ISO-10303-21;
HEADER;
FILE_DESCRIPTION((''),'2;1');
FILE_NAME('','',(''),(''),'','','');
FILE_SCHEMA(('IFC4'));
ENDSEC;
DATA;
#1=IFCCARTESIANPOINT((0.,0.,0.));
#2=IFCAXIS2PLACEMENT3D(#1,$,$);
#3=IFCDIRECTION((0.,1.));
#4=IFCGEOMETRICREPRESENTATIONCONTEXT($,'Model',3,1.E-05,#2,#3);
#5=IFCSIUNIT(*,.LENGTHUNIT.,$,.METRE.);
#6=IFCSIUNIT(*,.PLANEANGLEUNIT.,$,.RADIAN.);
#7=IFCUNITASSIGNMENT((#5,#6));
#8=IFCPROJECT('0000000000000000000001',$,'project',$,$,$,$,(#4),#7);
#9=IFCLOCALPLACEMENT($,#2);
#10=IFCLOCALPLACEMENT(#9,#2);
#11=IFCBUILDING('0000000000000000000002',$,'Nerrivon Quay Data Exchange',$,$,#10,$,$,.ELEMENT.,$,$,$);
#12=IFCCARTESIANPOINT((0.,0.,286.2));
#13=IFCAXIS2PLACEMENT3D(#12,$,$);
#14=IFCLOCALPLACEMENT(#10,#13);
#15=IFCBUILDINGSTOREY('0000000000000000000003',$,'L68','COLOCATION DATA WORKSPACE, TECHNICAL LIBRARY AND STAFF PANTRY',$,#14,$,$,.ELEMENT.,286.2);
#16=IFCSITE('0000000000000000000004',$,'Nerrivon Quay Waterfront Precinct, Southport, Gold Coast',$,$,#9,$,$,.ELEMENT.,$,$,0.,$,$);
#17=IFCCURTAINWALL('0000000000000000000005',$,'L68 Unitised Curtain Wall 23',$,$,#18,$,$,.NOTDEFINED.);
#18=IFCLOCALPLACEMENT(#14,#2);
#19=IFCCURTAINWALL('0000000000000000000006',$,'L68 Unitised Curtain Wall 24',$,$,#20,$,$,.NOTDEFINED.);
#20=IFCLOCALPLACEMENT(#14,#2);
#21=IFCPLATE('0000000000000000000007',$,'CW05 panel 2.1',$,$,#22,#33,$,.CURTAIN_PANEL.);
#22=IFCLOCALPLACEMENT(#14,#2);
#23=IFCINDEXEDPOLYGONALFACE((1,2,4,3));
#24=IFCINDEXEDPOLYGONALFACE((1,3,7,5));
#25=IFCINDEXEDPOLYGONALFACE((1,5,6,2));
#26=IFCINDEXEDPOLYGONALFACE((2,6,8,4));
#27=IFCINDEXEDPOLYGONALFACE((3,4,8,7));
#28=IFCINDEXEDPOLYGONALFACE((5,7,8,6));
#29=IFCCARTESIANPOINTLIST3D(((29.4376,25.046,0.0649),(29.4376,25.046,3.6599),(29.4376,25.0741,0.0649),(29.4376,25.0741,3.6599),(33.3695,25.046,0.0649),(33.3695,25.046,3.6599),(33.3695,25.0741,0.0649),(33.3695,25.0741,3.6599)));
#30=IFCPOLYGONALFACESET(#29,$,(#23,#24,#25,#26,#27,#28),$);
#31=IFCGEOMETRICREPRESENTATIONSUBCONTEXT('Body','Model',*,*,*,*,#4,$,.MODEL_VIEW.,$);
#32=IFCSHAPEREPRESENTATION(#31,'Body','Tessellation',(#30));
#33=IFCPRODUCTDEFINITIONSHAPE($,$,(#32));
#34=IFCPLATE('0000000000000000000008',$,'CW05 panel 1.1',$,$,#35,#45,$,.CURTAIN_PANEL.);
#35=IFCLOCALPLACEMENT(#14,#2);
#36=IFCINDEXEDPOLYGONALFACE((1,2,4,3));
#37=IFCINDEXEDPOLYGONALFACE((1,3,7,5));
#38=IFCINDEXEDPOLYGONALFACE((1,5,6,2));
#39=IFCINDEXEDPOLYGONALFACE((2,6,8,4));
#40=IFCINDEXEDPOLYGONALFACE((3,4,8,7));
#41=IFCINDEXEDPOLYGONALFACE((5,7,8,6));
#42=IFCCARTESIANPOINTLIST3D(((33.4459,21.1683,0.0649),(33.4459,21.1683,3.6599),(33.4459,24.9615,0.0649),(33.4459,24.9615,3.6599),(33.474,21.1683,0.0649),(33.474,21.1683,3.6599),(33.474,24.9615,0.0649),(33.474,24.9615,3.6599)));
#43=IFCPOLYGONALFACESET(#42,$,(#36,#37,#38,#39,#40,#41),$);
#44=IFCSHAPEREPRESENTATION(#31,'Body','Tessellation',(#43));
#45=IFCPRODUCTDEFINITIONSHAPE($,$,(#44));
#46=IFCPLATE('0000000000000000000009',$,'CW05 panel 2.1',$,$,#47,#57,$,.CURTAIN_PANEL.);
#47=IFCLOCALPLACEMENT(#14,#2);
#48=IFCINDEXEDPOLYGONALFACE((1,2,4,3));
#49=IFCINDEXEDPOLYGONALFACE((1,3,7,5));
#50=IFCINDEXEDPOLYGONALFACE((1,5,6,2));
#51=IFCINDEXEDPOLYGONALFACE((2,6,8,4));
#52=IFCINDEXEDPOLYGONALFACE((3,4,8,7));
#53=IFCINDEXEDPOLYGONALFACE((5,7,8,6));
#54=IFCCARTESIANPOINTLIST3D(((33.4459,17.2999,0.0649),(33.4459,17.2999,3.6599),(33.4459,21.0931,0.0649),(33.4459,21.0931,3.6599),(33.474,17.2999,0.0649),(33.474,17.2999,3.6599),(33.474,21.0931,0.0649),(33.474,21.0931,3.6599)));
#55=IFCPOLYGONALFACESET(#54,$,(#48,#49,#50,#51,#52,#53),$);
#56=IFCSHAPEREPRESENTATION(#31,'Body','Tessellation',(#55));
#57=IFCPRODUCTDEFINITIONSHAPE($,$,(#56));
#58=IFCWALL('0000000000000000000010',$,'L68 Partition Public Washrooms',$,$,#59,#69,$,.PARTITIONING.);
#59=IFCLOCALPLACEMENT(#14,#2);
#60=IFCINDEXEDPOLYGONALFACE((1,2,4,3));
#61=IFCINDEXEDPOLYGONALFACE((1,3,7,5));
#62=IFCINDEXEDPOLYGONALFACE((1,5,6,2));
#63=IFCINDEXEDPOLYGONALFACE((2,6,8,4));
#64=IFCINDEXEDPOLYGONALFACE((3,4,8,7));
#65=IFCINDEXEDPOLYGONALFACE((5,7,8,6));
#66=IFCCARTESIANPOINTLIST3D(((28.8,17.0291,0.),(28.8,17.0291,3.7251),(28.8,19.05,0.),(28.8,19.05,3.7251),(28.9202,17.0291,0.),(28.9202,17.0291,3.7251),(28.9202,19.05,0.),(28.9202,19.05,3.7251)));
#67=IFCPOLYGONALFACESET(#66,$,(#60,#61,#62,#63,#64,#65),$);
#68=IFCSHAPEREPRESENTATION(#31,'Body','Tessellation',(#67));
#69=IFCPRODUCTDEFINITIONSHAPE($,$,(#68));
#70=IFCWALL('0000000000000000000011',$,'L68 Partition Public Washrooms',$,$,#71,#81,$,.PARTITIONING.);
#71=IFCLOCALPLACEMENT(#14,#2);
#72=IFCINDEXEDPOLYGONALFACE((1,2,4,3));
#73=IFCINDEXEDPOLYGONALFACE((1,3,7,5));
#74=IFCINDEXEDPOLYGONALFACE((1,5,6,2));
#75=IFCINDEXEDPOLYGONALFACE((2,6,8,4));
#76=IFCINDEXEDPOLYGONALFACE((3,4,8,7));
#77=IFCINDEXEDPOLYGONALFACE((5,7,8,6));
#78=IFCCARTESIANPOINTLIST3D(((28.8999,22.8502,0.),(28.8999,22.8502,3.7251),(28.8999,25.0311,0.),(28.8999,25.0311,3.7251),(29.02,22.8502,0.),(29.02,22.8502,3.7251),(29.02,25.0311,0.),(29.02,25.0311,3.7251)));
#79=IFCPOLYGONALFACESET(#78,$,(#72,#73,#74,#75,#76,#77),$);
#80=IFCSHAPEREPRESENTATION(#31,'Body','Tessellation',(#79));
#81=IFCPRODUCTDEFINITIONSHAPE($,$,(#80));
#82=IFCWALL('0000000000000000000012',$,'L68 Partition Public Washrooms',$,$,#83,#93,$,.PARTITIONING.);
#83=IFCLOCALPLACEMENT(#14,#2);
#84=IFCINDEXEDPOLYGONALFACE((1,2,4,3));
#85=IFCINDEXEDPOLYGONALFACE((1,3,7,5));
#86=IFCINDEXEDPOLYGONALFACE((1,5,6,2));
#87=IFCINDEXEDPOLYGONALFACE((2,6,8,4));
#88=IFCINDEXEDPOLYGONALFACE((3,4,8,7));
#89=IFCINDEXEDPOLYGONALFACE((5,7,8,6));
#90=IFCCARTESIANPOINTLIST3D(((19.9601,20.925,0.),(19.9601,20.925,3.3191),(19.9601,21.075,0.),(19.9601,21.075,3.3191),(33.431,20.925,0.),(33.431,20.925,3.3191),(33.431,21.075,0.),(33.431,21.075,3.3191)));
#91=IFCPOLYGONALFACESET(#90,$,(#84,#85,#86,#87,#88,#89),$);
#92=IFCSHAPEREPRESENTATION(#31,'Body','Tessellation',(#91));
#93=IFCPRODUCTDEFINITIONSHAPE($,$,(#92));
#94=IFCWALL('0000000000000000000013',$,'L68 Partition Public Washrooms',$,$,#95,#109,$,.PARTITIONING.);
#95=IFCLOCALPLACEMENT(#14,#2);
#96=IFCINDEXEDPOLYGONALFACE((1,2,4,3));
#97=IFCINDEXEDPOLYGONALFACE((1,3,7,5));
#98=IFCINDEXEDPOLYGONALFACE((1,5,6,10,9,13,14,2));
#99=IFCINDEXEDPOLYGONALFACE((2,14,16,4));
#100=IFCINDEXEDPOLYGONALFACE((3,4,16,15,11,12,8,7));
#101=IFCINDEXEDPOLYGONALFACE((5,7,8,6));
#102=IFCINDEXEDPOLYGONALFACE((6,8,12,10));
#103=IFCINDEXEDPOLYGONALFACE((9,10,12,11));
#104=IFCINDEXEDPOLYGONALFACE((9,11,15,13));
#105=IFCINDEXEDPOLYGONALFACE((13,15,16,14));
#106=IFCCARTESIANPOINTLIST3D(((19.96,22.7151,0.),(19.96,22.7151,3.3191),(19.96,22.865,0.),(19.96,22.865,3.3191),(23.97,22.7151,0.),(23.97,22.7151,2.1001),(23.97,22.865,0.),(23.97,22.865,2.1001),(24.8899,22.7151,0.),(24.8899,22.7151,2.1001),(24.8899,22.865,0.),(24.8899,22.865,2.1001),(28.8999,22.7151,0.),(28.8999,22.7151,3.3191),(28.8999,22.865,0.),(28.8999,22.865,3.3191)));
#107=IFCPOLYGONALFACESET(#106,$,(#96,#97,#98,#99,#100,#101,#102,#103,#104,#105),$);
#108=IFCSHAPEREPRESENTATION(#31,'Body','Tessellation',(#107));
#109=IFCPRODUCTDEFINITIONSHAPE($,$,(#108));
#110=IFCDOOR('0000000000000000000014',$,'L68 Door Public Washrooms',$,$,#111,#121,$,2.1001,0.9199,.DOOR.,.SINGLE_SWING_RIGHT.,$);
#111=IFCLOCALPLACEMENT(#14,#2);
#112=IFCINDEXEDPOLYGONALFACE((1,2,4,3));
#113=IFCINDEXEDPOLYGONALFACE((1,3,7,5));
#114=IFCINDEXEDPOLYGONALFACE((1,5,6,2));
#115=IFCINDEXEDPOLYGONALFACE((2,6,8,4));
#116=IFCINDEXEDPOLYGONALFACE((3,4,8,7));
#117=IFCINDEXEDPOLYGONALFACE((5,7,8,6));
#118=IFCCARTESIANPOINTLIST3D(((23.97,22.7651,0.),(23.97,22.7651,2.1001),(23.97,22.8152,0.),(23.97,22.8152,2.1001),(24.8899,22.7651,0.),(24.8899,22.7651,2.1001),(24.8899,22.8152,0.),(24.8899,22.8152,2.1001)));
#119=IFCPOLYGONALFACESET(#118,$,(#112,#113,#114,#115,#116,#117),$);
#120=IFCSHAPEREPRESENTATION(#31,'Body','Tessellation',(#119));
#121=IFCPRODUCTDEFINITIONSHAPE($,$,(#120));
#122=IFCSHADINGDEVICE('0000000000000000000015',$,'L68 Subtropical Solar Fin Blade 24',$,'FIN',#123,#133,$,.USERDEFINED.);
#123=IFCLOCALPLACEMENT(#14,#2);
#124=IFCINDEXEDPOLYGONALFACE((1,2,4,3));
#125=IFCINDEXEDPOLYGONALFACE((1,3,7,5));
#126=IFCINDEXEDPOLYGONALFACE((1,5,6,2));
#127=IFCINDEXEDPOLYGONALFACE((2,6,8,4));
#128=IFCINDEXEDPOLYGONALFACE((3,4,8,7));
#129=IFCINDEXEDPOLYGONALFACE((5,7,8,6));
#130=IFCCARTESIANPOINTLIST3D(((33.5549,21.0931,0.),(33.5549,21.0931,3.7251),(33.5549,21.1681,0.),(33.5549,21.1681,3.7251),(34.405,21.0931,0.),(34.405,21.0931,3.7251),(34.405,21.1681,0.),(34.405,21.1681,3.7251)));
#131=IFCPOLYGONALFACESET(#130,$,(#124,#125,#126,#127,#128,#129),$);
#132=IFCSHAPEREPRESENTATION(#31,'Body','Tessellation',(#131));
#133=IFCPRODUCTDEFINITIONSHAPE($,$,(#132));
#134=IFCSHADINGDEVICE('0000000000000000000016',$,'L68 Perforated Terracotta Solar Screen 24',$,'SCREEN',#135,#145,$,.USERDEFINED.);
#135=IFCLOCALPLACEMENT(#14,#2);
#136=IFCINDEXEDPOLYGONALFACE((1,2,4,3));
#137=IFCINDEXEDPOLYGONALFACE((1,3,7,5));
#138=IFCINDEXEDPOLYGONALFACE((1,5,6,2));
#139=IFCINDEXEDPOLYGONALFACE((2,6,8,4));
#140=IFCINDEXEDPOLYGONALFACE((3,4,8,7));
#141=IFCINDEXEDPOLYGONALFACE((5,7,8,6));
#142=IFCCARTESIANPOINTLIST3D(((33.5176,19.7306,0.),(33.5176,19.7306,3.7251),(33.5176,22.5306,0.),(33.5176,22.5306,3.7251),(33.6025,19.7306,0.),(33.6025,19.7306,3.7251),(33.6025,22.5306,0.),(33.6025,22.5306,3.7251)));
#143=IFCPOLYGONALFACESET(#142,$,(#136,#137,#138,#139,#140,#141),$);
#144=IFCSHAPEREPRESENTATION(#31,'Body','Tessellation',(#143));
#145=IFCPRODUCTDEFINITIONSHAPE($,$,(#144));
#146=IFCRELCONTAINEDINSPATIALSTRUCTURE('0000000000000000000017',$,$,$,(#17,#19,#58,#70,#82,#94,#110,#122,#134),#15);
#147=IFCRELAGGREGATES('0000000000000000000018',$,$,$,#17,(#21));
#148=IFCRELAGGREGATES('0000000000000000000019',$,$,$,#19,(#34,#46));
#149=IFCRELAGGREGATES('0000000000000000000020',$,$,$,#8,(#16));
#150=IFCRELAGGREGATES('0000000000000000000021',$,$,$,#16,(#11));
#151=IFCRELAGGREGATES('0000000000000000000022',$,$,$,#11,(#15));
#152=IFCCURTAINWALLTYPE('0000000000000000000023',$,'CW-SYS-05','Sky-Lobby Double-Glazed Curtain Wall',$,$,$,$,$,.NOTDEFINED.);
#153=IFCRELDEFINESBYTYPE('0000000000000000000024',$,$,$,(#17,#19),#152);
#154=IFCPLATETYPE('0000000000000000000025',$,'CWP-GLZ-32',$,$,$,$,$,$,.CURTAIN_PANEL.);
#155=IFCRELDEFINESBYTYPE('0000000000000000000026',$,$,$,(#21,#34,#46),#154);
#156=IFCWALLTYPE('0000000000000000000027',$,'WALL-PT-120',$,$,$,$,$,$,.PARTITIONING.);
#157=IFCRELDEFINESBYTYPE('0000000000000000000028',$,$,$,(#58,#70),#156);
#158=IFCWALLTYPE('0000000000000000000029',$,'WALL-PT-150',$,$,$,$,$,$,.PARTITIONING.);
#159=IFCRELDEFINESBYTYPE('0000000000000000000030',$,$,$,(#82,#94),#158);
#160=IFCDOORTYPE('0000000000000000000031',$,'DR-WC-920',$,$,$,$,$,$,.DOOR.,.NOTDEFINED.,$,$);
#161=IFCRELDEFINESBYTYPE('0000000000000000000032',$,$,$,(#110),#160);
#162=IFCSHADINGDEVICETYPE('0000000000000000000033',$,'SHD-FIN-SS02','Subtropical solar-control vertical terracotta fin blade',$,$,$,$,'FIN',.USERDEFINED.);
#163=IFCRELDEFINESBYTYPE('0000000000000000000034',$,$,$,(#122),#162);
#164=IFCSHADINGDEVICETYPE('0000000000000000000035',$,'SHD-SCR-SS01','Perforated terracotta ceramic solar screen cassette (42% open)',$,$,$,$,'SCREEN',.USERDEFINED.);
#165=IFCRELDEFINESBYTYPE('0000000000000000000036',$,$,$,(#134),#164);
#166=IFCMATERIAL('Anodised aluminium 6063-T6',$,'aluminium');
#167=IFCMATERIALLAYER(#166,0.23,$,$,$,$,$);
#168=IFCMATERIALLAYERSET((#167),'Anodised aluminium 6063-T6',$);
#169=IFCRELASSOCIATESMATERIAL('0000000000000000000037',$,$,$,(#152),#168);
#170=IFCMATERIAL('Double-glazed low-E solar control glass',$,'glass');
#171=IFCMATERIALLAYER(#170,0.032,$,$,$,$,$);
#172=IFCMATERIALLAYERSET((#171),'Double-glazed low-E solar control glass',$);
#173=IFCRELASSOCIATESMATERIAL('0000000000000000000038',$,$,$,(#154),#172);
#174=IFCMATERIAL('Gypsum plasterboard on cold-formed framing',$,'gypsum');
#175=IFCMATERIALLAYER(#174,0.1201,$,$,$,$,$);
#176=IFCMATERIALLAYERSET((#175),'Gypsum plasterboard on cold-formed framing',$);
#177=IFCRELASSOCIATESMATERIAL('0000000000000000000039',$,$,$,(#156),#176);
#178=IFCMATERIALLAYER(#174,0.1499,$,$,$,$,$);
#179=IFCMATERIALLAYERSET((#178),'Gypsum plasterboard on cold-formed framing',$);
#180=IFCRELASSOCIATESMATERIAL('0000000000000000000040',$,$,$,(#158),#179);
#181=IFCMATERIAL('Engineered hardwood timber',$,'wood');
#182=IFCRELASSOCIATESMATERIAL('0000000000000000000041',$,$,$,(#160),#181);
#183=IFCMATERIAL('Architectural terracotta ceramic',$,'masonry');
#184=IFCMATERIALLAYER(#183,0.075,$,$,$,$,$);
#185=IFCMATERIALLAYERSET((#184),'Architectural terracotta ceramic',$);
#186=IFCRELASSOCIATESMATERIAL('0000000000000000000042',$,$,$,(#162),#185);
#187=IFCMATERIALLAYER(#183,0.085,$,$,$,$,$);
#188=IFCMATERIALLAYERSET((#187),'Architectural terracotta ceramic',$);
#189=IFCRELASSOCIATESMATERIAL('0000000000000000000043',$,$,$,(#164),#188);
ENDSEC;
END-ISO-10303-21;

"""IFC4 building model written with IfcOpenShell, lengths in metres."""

from ifc_helpers import new_model, si_unit, direction, frame, frame_2d, origin, origin_2d, place, context, subcontext, project, spatial, rectangle, extrude, material, layer, layer_set, type_object, element, fill, aggregate, save


model = new_model("IFC4")

# Units and contexts
model_context = context("Model", 3, precision=1e-05, world=origin(), true_north=direction((0.0, 1.0)))
body_context = subcontext(model_context, "Body", "Model", "MODEL_VIEW")
ifc_project = project(units=[si_unit("LENGTHUNIT", "METRE"), si_unit("PLANEANGLEUNIT", "RADIAN")], contexts=[model_context])

# Site, building, storey
site_placement = place(None, origin())
site = spatial("IfcSite", under=ifc_project, at=site_placement, Name="Nerrivon Quay Waterfront Precinct, Southport, Gold Coast", CompositionType="ELEMENT", RefElevation=0.0)
building_placement = place(site_placement, origin())
building = spatial("IfcBuilding", under=site, at=building_placement, Name="Nerrivon Quay Data Exchange", CompositionType="ELEMENT")
storey_placement = place(building_placement, frame((0.0, 0.0, 286.2)))
storey = spatial("IfcBuildingStorey", under=building, at=storey_placement, Name="L68", Description="COLOCATION DATA WORKSPACE, TECHNICAL LIBRARY AND STAFF PANTRY", CompositionType="ELEMENT", Elevation=286.2)

# Curtain walls
ifc_material_1 = material(Name="Anodised aluminium 6063-T6", Category="aluminium")
ifc_layer_1 = layer(ifc_material_1, 0.23)
ifc_layer_set_1 = layer_set([ifc_layer_1], Name="Anodised aluminium 6063-T6")
curtain_wall_type = type_object("IfcCurtainWallType", Name="CW-SYS-05", Description="Sky-Lobby Double-Glazed Curtain Wall", PredefinedType="NOTDEFINED", material=ifc_layer_set_1)
curtain_wall_1_placement = place(storey_placement, origin())
curtain_wall_1 = element("IfcCurtainWall", 1, at=curtain_wall_1_placement, inside=storey, type_object=curtain_wall_type, Name="L68 Unitised Curtain Wall 23", PredefinedType="NOTDEFINED")
curtain_wall_2_placement = place(storey_placement, origin())
curtain_wall_2 = element("IfcCurtainWall", 2, at=curtain_wall_2_placement, inside=storey, type_object=curtain_wall_type, Name="L68 Unitised Curtain Wall 24", PredefinedType="NOTDEFINED")

# Plates
ifc_material_2 = material(Name="Double-glazed low-E solar control glass", Category="glass")
ifc_layer_2 = layer(ifc_material_2, 0.032)
ifc_layer_set_2 = layer_set([ifc_layer_2], Name="Double-glazed low-E solar control glass")
plate_type = type_object("IfcPlateType", Name="CWP-GLZ-32", PredefinedType="CURTAIN_PANEL", material=ifc_layer_set_2)
plate_1_placement = place(storey_placement, frame((31.4036, 25.0601, 0.0649), z_axis=(0.0, 0.0, 1.0), x_axis=(1.0, 0.0, 0.0)))
plate_1 = element("IfcPlate", 3, at=plate_1_placement, type_object=plate_type, Name="CW05 panel 2.1", PredefinedType="CURTAIN_PANEL", context=body_context, shape_type="SweptSolid", body=[
    extrude(rectangle(XDim=3.9319, YDim=0.0281, at=origin_2d()), origin(), (0.0, 0.0, 1.0), 3.595),
])
aggregate(curtain_wall_1, [plate_1])
plate_2_placement = place(storey_placement, frame((33.46, 23.0649, 0.0649), z_axis=(0.0, 0.0, 1.0), x_axis=(0.0, -1.0, 0.0)))
plate_2 = element("IfcPlate", 4, at=plate_2_placement, type_object=plate_type, Name="CW05 panel 1.1", PredefinedType="CURTAIN_PANEL", context=body_context, shape_type="SweptSolid", body=[
    extrude(rectangle(XDim=3.7932, YDim=0.0281, at=origin_2d()), origin(), (0.0, 0.0, 1.0), 3.595),
])
plate_3_placement = place(storey_placement, frame((33.46, 19.1965, 0.0649), z_axis=(0.0, 0.0, 1.0), x_axis=(0.0, -1.0, 0.0)))
plate_3 = element("IfcPlate", 5, at=plate_3_placement, type_object=plate_type, Name="CW05 panel 2.1", PredefinedType="CURTAIN_PANEL", context=body_context, shape_type="SweptSolid", body=[
    extrude(rectangle(XDim=3.7932, YDim=0.0281, at=origin_2d()), origin(), (0.0, 0.0, 1.0), 3.595),
])
aggregate(curtain_wall_2, [plate_2, plate_3])

# Walls
ifc_material_3 = material(Name="Gypsum plasterboard on cold-formed framing", Category="gypsum")
ifc_layer_3 = layer(ifc_material_3, 0.1201)
ifc_layer_set_3 = layer_set([ifc_layer_3], Name="Gypsum plasterboard on cold-formed framing")
wall_type_1 = type_object("IfcWallType", Name="WALL-PT-120", PredefinedType="PARTITIONING", material=ifc_layer_set_3)
wall_1_placement = place(storey_placement, frame((28.8601, 19.05, 0.0), z_axis=(0.0, 0.0, 1.0), x_axis=(0.0, -1.0, 0.0)))
element("IfcWall", 6, at=wall_1_placement, inside=storey, type_object=wall_type_1, Name="L68 Partition Public Washrooms", PredefinedType="PARTITIONING", context=body_context, shape_type="SweptSolid", body=[
    extrude(rectangle(XDim=2.021, YDim=0.1201, at=frame_2d((1.0105, 0.0))), origin(), (0.0, 0.0, 1.0), 3.7251),
])
wall_2_placement = place(storey_placement, frame((28.96, 25.031, 0.0), z_axis=(0.0, 0.0, 1.0), x_axis=(0.0, -1.0, 0.0)))
element("IfcWall", 7, at=wall_2_placement, inside=storey, type_object=wall_type_1, Name="L68 Partition Public Washrooms", PredefinedType="PARTITIONING", context=body_context, shape_type="SweptSolid", body=[
    extrude(rectangle(XDim=2.1809, YDim=0.1201, at=frame_2d((1.0903, 0.0))), origin(), (0.0, 0.0, 1.0), 3.7251),
])
ifc_layer_4 = layer(ifc_material_3, 0.1499)
ifc_layer_set_4 = layer_set([ifc_layer_4], Name="Gypsum plasterboard on cold-formed framing")
wall_type_2 = type_object("IfcWallType", Name="WALL-PT-150", PredefinedType="PARTITIONING", material=ifc_layer_set_4)
wall_3_placement = place(storey_placement, frame((33.4309, 21.0, 0.0), z_axis=(0.0, 0.0, 1.0), x_axis=(-1.0, 0.0, 0.0)))
element("IfcWall", 8, at=wall_3_placement, inside=storey, type_object=wall_type_2, Name="L68 Partition Public Washrooms", PredefinedType="PARTITIONING", context=body_context, shape_type="SweptSolid", body=[
    extrude(rectangle(XDim=13.4709, YDim=0.1499, at=frame_2d((6.7354, 0.0))), origin(), (0.0, 0.0, 1.0), 3.3191),
])

# Wall, opening, door
wall_4_placement = place(storey_placement, frame((28.8999, 22.79, 0.0), z_axis=(0.0, 0.0, 1.0), x_axis=(-1.0, 0.0, 0.0)))
wall_4 = element("IfcWall", 9, at=wall_4_placement, inside=storey, type_object=wall_type_2, Name="L68 Partition Public Washrooms", PredefinedType="PARTITIONING", context=body_context, shape_type="SweptSolid", body=[
    extrude(rectangle(XDim=8.9399, YDim=0.1499, at=frame_2d((4.47, 0.0))), origin(), (0.0, 0.0, 1.0), 3.3191),
])
opening_placement = place(wall_4_placement, frame((4.01, 0.0, 0.0)))
opening = element("IfcOpeningElement", 10, at=opening_placement, cuts=wall_4, PredefinedType="OPENING", context=body_context, shape_type="SweptSolid", body=[
    extrude(rectangle(XDim=0.9199, YDim=2.1001, at=frame_2d((0.46, 1.05))), frame((0.0, 0.085, 0.0), z_axis=(0.0, -1.0, 0.0), x_axis=(1.0, 0.0, 0.0)), (0.0, 0.0, 1.0), 0.1699),
])
ifc_material_4 = material(Name="Engineered hardwood timber", Category="wood")
door_type = type_object("IfcDoorType", Name="DR-WC-920", OperationType="NOTDEFINED", PredefinedType="DOOR", material=ifc_material_4)
door_placement = place(opening_placement, origin())
door = element("IfcDoor", 11, at=door_placement, inside=storey, type_object=door_type, Name="L68 Door Public Washrooms", OperationType="SINGLE_SWING_RIGHT", OverallHeight=2.1001, OverallWidth=0.9199, PredefinedType="DOOR", context=body_context, shape_type="SweptSolid", body=[
    extrude(rectangle(XDim=0.9199, YDim=2.1001, at=frame_2d((0.46, 1.05))), frame((0.0, 0.0249, 0.0), z_axis=(0.0, -1.0, 0.0), x_axis=(1.0, 0.0, 0.0)), (0.0, 0.0, 1.0), 0.05),
])
fill(opening, door)

# Shading devices
ifc_material_5 = material(Name="Architectural terracotta ceramic", Category="masonry")
ifc_layer_5 = layer(ifc_material_5, 0.075)
ifc_layer_set_5 = layer_set([ifc_layer_5], Name="Architectural terracotta ceramic")
shading_device_type_1 = type_object("IfcShadingDeviceType", Name="SHD-FIN-SS02", Description="Subtropical solar-control vertical terracotta fin blade", ElementType="FIN", PredefinedType="USERDEFINED", material=ifc_layer_set_5)
shading_device_1_placement = place(storey_placement, frame((33.98, 21.1306, 0.0), z_axis=(0.0, 0.0, 1.0), x_axis=(0.0, -1.0, 0.0)))
element("IfcShadingDevice", 12, at=shading_device_1_placement, inside=storey, type_object=shading_device_type_1, Name="L68 Subtropical Solar Fin Blade 24", ObjectType="FIN", PredefinedType="USERDEFINED", context=body_context, shape_type="SweptSolid", body=[
    extrude(rectangle(XDim=0.075, YDim=0.8501, at=origin_2d()), origin(), (0.0, 0.0, 1.0), 3.7251),
])
ifc_layer_6 = layer(ifc_material_5, 0.085)
ifc_layer_set_6 = layer_set([ifc_layer_6], Name="Architectural terracotta ceramic")
shading_device_type_2 = type_object("IfcShadingDeviceType", Name="SHD-SCR-SS01", Description="Perforated terracotta ceramic solar screen cassette (42% open)", ElementType="SCREEN", PredefinedType="USERDEFINED", material=ifc_layer_set_6)
shading_device_2_placement = place(storey_placement, frame((33.5601, 21.1306, 0.0), z_axis=(0.0, 0.0, 1.0), x_axis=(0.0, -1.0, 0.0)))
element("IfcShadingDevice", 13, at=shading_device_2_placement, inside=storey, type_object=shading_device_type_2, Name="L68 Perforated Terracotta Solar Screen 24", ObjectType="SCREEN", PredefinedType="USERDEFINED", context=body_context, shape_type="SweptSolid", body=[
    extrude(rectangle(XDim=2.8, YDim=0.085, at=origin_2d()), origin(), (0.0, 0.0, 1.0), 3.7251),
])

save(model, "model.ifc")
